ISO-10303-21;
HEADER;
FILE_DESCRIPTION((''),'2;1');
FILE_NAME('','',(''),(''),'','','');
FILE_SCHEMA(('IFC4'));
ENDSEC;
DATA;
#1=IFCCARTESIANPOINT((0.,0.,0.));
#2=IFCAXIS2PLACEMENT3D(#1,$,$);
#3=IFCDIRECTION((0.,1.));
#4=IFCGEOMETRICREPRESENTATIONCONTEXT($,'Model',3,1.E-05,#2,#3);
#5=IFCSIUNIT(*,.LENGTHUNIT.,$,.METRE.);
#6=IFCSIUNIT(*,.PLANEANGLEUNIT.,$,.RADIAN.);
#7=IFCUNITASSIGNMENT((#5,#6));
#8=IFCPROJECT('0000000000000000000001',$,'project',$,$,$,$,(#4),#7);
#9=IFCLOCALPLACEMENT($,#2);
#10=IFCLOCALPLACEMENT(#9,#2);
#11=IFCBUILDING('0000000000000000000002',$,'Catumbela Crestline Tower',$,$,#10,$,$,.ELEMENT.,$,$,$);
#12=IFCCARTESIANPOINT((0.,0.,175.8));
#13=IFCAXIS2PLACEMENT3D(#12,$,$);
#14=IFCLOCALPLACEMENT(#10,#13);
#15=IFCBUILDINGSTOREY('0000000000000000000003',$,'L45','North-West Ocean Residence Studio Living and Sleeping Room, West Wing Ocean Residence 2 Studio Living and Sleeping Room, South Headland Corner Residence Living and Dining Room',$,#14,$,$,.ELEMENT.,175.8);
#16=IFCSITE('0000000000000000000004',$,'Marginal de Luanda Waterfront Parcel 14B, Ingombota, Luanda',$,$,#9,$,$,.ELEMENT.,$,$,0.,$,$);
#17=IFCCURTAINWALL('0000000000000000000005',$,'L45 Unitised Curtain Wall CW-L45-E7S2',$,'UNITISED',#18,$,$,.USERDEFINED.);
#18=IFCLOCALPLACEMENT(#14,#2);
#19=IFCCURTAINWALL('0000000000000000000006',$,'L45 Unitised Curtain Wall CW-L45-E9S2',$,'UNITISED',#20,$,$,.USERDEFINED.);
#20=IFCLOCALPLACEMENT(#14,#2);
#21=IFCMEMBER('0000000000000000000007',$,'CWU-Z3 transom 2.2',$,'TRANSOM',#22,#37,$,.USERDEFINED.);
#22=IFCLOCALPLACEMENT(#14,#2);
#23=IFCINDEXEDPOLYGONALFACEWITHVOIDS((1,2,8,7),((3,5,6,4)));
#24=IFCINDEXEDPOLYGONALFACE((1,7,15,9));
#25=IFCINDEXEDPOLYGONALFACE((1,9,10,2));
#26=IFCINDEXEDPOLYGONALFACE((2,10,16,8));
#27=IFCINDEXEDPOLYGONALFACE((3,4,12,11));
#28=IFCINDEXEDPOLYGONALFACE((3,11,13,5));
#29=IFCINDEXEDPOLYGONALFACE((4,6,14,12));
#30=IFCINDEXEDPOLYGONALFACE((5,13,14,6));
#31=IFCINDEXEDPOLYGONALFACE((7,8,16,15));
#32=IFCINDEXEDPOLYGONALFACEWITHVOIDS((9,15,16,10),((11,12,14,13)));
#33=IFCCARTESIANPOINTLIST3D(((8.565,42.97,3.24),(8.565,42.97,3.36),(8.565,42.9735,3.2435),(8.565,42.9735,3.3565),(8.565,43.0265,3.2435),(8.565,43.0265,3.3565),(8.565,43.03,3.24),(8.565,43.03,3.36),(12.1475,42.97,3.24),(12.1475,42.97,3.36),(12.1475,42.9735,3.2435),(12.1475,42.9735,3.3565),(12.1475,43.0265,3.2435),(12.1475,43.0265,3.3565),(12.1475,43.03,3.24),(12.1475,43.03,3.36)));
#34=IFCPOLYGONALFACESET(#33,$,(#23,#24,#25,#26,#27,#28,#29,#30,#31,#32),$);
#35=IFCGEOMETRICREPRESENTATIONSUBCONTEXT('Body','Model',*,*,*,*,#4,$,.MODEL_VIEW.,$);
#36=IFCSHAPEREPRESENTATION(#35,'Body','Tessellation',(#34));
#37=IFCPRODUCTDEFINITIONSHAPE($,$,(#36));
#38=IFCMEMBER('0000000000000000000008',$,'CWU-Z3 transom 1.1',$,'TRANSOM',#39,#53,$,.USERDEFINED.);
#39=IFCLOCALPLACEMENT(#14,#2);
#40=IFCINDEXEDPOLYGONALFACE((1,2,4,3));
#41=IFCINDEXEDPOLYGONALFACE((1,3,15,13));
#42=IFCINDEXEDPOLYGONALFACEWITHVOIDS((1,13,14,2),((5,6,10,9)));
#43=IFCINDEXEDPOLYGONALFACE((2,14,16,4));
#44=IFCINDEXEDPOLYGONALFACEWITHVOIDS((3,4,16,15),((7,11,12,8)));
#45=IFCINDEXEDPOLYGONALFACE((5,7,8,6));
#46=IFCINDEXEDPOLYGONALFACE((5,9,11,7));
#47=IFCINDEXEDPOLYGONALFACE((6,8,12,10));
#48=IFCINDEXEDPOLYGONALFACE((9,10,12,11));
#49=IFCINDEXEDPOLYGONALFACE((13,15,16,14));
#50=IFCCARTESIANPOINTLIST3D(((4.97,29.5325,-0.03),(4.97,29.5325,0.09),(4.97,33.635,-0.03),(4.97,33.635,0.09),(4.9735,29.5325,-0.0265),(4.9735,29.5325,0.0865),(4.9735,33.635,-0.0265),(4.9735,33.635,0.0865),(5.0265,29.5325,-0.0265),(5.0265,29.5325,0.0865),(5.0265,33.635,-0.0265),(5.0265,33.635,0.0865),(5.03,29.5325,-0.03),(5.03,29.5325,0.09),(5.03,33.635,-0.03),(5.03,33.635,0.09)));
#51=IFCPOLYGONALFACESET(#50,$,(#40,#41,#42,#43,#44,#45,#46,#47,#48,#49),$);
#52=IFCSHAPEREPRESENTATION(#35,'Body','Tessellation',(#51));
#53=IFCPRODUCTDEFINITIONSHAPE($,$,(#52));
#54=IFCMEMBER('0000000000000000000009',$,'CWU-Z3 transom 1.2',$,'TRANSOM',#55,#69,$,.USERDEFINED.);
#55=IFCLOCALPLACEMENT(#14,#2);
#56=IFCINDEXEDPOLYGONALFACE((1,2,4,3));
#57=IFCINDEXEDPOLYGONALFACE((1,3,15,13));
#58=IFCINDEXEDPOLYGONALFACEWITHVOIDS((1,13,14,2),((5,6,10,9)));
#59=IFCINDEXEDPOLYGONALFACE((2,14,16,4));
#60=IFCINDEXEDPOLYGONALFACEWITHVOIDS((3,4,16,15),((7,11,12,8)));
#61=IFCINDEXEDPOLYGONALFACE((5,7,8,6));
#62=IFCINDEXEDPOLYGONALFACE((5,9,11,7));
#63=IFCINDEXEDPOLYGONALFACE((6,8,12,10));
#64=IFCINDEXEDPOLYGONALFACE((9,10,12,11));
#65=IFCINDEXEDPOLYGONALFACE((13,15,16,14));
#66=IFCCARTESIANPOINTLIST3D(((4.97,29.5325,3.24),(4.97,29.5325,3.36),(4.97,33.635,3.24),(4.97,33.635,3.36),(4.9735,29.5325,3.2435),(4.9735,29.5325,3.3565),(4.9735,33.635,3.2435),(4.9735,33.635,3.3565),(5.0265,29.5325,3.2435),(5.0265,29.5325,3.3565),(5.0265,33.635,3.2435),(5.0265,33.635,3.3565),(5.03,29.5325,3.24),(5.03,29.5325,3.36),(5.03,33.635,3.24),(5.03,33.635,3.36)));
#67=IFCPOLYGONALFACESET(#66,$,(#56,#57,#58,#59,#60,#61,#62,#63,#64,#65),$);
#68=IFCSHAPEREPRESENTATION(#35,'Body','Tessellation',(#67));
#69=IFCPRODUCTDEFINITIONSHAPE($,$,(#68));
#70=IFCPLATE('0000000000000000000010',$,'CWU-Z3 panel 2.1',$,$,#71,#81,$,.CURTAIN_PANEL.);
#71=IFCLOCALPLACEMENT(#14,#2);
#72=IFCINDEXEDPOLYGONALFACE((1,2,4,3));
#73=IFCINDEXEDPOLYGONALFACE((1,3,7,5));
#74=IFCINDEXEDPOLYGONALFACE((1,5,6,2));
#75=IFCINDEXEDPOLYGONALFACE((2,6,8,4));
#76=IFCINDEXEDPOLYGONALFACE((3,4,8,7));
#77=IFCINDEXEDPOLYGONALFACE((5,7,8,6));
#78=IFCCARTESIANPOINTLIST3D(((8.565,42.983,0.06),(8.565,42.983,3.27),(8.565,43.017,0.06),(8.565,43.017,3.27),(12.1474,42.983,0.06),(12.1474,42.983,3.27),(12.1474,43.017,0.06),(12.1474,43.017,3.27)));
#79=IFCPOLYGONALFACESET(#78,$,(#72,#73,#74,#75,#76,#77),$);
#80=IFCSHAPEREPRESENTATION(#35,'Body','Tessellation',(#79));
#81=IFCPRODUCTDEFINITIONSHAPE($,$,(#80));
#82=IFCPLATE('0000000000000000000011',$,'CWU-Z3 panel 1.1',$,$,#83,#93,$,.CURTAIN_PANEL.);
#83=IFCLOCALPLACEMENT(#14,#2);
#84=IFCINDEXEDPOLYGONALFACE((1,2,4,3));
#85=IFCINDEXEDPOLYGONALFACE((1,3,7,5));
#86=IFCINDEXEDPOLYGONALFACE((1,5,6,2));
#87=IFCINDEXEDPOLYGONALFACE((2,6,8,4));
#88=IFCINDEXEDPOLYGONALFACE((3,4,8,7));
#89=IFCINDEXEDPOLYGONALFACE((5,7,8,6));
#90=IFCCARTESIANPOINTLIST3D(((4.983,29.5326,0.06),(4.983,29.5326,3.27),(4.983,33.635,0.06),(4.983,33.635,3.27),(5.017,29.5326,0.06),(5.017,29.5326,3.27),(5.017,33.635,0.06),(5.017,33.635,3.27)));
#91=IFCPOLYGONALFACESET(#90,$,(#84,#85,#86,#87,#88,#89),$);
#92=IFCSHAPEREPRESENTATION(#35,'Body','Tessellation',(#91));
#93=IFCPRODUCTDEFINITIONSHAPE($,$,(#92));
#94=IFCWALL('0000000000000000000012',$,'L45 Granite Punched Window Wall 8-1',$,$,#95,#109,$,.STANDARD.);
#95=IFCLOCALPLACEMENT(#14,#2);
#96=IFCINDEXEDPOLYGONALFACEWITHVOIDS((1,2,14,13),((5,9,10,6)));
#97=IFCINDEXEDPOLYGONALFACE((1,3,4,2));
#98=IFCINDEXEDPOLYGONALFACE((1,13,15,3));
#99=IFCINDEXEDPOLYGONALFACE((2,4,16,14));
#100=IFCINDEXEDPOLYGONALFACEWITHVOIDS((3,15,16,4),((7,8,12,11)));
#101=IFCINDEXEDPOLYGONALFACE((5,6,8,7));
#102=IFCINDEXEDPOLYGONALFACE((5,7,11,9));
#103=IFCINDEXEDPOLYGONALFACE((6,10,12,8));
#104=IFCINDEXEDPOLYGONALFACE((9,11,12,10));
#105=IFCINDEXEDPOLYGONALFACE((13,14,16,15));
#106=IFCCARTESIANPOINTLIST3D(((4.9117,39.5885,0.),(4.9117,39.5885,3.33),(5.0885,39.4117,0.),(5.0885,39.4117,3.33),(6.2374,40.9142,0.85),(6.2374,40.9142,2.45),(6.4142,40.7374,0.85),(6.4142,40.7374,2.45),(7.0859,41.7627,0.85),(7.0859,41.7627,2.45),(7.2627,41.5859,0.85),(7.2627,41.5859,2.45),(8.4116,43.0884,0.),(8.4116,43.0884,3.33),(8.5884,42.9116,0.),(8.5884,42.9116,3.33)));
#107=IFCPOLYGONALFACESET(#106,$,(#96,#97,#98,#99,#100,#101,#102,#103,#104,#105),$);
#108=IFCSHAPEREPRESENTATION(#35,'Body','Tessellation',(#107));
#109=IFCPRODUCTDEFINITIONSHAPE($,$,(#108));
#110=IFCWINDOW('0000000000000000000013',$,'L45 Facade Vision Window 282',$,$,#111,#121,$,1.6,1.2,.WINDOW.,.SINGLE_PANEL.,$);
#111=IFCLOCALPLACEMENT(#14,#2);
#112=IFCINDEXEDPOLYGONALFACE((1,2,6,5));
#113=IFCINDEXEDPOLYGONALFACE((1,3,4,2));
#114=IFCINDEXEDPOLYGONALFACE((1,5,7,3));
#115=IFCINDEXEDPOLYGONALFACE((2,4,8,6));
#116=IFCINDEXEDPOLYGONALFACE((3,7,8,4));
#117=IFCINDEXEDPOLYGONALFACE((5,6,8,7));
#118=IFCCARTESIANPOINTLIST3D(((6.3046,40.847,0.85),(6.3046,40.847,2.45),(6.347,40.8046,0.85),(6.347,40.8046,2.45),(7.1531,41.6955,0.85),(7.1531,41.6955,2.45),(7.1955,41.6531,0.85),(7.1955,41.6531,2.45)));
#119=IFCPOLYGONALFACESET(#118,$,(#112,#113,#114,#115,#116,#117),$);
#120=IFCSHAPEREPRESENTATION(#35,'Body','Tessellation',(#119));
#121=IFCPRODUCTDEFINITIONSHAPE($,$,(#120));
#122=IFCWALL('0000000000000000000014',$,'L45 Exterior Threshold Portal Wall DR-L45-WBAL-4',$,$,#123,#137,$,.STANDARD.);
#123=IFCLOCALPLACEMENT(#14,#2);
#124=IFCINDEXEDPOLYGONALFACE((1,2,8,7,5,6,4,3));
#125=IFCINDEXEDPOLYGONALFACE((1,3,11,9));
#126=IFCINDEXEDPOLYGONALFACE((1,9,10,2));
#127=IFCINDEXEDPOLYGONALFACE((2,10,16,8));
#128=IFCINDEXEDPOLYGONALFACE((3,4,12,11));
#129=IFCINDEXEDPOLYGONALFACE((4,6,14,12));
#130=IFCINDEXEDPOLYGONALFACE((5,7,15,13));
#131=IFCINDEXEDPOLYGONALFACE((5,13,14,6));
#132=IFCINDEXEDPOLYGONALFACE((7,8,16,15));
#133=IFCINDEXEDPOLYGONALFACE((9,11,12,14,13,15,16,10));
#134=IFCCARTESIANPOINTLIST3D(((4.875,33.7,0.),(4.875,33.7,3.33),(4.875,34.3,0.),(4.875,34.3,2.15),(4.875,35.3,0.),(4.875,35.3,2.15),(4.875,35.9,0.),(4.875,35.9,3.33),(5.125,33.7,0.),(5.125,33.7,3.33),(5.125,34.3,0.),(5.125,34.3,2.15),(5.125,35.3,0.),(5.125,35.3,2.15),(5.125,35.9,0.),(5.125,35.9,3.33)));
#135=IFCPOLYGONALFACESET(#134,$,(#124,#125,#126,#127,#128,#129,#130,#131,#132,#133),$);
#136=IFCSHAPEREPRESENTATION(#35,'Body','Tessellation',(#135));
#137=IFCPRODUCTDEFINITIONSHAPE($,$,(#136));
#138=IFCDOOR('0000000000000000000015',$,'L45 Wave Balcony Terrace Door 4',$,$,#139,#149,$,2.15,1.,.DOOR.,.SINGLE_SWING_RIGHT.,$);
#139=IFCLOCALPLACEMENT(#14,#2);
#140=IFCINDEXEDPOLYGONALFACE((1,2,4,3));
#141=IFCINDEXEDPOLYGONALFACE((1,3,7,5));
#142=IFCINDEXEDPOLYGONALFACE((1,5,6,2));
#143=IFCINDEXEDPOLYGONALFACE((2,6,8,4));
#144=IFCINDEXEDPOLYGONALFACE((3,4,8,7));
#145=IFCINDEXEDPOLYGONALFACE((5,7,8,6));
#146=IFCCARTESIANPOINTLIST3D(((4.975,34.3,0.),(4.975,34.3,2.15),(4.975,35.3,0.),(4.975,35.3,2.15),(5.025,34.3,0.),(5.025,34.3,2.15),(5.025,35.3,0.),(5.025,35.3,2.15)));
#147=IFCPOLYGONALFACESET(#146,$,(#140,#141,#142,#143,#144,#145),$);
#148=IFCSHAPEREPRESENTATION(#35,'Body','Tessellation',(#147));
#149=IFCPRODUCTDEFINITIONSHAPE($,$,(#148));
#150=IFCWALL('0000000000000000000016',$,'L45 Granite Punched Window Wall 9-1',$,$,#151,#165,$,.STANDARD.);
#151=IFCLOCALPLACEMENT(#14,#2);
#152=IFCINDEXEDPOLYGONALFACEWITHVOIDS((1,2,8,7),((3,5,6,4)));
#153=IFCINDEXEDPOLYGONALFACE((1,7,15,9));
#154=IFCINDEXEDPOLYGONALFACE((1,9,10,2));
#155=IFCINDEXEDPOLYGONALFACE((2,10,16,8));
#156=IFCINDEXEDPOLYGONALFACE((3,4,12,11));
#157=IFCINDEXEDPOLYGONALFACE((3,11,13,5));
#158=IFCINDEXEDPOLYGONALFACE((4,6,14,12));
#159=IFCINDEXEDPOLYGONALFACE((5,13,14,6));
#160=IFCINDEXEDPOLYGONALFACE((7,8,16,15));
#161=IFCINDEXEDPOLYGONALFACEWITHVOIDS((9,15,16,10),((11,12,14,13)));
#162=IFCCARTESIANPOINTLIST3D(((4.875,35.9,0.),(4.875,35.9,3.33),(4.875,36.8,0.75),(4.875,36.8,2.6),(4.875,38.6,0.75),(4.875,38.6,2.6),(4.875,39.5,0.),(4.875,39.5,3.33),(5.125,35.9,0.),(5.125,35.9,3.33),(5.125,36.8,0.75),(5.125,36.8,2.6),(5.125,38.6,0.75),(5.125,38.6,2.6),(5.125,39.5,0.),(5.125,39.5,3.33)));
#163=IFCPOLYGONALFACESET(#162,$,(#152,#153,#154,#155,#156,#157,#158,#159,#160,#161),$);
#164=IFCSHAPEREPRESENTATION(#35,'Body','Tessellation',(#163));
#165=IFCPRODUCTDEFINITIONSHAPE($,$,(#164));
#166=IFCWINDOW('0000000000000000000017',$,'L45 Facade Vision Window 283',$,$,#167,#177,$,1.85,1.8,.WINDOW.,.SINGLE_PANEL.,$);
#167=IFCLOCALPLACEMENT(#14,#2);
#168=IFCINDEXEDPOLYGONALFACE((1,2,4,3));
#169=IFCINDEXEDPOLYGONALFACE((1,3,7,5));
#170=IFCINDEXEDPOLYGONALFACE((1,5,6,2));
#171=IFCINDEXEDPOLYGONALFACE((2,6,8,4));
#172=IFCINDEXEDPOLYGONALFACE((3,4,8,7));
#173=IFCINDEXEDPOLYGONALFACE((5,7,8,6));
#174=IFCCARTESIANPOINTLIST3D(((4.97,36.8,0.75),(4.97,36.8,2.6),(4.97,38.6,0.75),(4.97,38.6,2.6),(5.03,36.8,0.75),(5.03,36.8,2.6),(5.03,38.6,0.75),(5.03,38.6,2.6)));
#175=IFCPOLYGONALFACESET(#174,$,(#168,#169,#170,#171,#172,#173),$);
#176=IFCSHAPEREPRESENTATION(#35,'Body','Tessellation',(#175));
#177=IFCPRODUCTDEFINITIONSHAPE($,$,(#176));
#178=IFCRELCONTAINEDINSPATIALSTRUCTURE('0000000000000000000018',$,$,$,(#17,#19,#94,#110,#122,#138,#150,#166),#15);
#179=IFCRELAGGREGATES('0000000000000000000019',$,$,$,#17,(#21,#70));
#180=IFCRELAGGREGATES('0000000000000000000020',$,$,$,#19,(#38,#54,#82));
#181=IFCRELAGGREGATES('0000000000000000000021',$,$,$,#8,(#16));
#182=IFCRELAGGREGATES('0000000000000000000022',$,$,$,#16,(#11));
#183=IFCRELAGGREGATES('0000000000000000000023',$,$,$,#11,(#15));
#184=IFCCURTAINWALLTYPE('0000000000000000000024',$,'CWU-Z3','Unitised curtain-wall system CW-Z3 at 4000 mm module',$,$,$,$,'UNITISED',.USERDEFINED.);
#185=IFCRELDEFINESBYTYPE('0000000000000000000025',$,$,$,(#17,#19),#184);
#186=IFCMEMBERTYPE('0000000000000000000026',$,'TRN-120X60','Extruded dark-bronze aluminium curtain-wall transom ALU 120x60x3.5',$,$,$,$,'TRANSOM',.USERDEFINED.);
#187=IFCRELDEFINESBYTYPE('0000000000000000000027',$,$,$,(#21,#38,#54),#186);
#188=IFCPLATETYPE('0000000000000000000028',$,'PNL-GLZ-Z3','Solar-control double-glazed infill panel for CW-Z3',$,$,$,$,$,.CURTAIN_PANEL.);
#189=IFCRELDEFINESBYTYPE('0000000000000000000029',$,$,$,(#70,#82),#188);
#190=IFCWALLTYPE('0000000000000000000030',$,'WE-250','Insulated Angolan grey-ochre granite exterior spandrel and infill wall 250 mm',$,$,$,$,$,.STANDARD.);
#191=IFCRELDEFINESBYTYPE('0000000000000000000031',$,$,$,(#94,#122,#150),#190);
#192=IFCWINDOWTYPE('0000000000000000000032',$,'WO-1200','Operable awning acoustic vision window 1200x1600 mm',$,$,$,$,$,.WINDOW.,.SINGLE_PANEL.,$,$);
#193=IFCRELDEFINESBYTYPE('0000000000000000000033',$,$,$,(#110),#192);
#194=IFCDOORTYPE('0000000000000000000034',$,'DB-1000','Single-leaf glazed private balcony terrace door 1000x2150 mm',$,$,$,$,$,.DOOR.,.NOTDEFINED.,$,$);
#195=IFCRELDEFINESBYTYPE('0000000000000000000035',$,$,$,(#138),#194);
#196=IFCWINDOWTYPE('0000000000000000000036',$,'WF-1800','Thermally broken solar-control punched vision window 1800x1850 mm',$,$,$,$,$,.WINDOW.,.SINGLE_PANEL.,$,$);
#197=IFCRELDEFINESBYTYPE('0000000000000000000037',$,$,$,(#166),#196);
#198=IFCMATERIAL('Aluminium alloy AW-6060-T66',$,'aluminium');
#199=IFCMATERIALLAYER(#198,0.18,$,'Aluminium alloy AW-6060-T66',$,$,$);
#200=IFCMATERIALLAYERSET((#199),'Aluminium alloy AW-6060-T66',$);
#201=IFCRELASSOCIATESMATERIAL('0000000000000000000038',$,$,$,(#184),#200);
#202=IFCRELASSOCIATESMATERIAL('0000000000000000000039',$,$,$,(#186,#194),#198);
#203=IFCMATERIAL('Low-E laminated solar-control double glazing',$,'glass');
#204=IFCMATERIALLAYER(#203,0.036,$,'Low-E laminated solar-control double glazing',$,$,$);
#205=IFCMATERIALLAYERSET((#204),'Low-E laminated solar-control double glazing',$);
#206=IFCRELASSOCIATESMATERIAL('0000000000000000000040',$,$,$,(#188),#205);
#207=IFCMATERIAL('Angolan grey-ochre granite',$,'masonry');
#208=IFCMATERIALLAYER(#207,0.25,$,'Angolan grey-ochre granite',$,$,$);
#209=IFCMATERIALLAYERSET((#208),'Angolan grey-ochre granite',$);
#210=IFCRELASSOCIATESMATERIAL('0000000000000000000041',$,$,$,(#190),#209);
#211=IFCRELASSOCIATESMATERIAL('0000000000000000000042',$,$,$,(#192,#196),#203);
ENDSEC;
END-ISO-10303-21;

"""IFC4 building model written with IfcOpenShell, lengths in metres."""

from ifc_helpers import new_model, si_unit, direction, frame, frame_2d, origin, origin_2d, place, context, subcontext, project, spatial, rectangle, hollow_rectangle, extrude, material, layer, layer_set, material_profile, profile_set, type_object, element, fill, aggregate, save


model = new_model("IFC4")

# Units and contexts
model_context = context("Model", 3, precision=1e-05, world=origin(), true_north=direction((0.0, 1.0)))
body_context = subcontext(model_context, "Body", "Model", "MODEL_VIEW")
ifc_project = project(units=[si_unit("LENGTHUNIT", "METRE"), si_unit("PLANEANGLEUNIT", "RADIAN")], contexts=[model_context])

# Site, building, storey
site_placement = place(None, origin())
site = spatial("IfcSite", under=ifc_project, at=site_placement, Name="Marginal de Luanda Waterfront Parcel 14B, Ingombota, Luanda", CompositionType="ELEMENT", RefElevation=0.0)
building_placement = place(site_placement, origin())
building = spatial("IfcBuilding", under=site, at=building_placement, Name="Catumbela Crestline Tower", CompositionType="ELEMENT")
storey_placement = place(building_placement, frame((0.0, 0.0, 175.8)))
storey = spatial("IfcBuildingStorey", under=building, at=storey_placement, Name="L45", Description="North-West Ocean Residence Studio Living and Sleeping Room, West Wing Ocean Residence 2 Studio Living and Sleeping Room, South Headland Corner Residence Living and Dining Room", CompositionType="ELEMENT", Elevation=175.8)

# Curtain wall
ifc_material_1 = material(Name="Aluminium alloy AW-6060-T66", Category="aluminium")
ifc_layer_1 = layer(ifc_material_1, 0.18, Name="Aluminium alloy AW-6060-T66")
ifc_layer_set_1 = layer_set([ifc_layer_1], Name="Aluminium alloy AW-6060-T66")
curtain_wall_type = type_object("IfcCurtainWallType", Name="CWU-Z3", Description="Unitised curtain-wall system CW-Z3 at 4000 mm module", ElementType="UNITISED", PredefinedType="USERDEFINED", material=ifc_layer_set_1)
curtain_wall_1_placement = place(storey_placement, origin())
curtain_wall_1 = element("IfcCurtainWall", 1, at=curtain_wall_1_placement, inside=storey, type_object=curtain_wall_type, Name="L45 Unitised Curtain Wall CW-L45-E7S2", ObjectType="UNITISED", PredefinedType="USERDEFINED")

# Curtain wall
curtain_wall_2_placement = place(storey_placement, origin())
curtain_wall_2 = element("IfcCurtainWall", 2, at=curtain_wall_2_placement, inside=storey, type_object=curtain_wall_type, Name="L45 Unitised Curtain Wall CW-L45-E9S2", ObjectType="UNITISED", PredefinedType="USERDEFINED")

# Members
ifc_material_profile_1 = material_profile(ifc_material_1, hollow_rectangle(XDim=0.06, YDim=0.12, WallThickness=0.0035, at=origin_2d()), Name="ALU 120x60x3.5")
ifc_profile_set_1 = profile_set([ifc_material_profile_1], Name="Aluminium alloy AW-6060-T66")
member_type_1 = type_object("IfcMemberType", Name="TRN-120X60", Description="Extruded dark-bronze aluminium curtain-wall transom ALU 120x60x3.5", ElementType="TRANSOM", PredefinedType="USERDEFINED", material=ifc_profile_set_1)
member_1_placement = place(storey_placement, frame((12.1475, 43.0, 3.3), z_axis=(-1.0, 0.0, 0.0), x_axis=(0.0, -1.0, 0.0)))
member_1 = element("IfcMember", 3, at=member_1_placement, type_object=member_type_1, Name="CWU-Z3 transom 2.2", ObjectType="TRANSOM", PredefinedType="USERDEFINED", context=body_context, shape_type="SweptSolid", body=[
    extrude(hollow_rectangle(XDim=0.06, YDim=0.12, WallThickness=0.0035, at=origin_2d()), origin(), (0.0, 0.0, 1.0), 3.5825),
])
member_2_placement = place(storey_placement, frame((5.0, 33.635, 0.03), z_axis=(0.0, -1.0, 0.0), x_axis=(1.0, 0.0, 0.0)))
member_2 = element("IfcMember", 4, at=member_2_placement, type_object=member_type_1, Name="CWU-Z3 transom 1.1", ObjectType="TRANSOM", PredefinedType="USERDEFINED", context=body_context, shape_type="SweptSolid", body=[
    extrude(hollow_rectangle(XDim=0.06, YDim=0.12, WallThickness=0.0035, at=origin_2d()), origin(), (0.0, 0.0, 1.0), 4.1025),
])
member_3_placement = place(storey_placement, frame((5.0, 33.635, 3.3), z_axis=(0.0, -1.0, 0.0), x_axis=(1.0, 0.0, 0.0)))
member_3 = element("IfcMember", 5, at=member_3_placement, type_object=member_type_1, Name="CWU-Z3 transom 1.2", ObjectType="TRANSOM", PredefinedType="USERDEFINED", context=body_context, shape_type="SweptSolid", body=[
    extrude(hollow_rectangle(XDim=0.06, YDim=0.12, WallThickness=0.0035, at=origin_2d()), origin(), (0.0, 0.0, 1.0), 4.1025),
])

# Plates
ifc_material_2 = material(Name="Low-E laminated solar-control double glazing", Category="glass")
ifc_layer_2 = layer(ifc_material_2, 0.036, Name="Low-E laminated solar-control double glazing")
ifc_layer_set_2 = layer_set([ifc_layer_2], Name="Low-E laminated solar-control double glazing")
plate_type = type_object("IfcPlateType", Name="PNL-GLZ-Z3", Description="Solar-control double-glazed infill panel for CW-Z3", PredefinedType="CURTAIN_PANEL", material=ifc_layer_set_2)
plate_1_placement = place(storey_placement, frame((10.3562, 43.0, 0.06), z_axis=(0.0, 0.0, 1.0), x_axis=(-1.0, 0.0, 0.0)))
plate_1 = element("IfcPlate", 6, at=plate_1_placement, type_object=plate_type, Name="CWU-Z3 panel 2.1", PredefinedType="CURTAIN_PANEL", context=body_context, shape_type="SweptSolid", body=[
    extrude(rectangle(XDim=3.5825, YDim=0.034, at=origin_2d()), origin(), (0.0, 0.0, 1.0), 3.21),
])
aggregate(curtain_wall_1, [member_1, plate_1])
plate_2_placement = place(storey_placement, frame((5.0, 31.5838, 0.06), z_axis=(0.0, 0.0, 1.0), x_axis=(0.0, -1.0, 0.0)))
plate_2 = element("IfcPlate", 7, at=plate_2_placement, type_object=plate_type, Name="CWU-Z3 panel 1.1", PredefinedType="CURTAIN_PANEL", context=body_context, shape_type="SweptSolid", body=[
    extrude(rectangle(XDim=4.1025, YDim=0.034, at=origin_2d()), origin(), (0.0, 0.0, 1.0), 3.21),
])
aggregate(curtain_wall_2, [member_2, member_3, plate_2])

# Wall, opening, window
ifc_material_3 = material(Name="Angolan grey-ochre granite", Category="masonry")
ifc_layer_3 = layer(ifc_material_3, 0.25, Name="Angolan grey-ochre granite")
ifc_layer_set_3 = layer_set([ifc_layer_3], Name="Angolan grey-ochre granite")
wall_type_1 = type_object("IfcWallType", Name="WE-250", Description="Insulated Angolan grey-ochre granite exterior spandrel and infill wall 250 mm", PredefinedType="STANDARD", material=ifc_layer_set_3)
wall_1_placement = place(storey_placement, frame((8.5, 43.0, 0.0), z_axis=(0.0, 0.0, 1.0), x_axis=(-0.707107, -0.707107, 0.0)))
wall_1 = element("IfcWall", 8, at=wall_1_placement, inside=storey, type_object=wall_type_1, Name="L45 Granite Punched Window Wall 8-1", PredefinedType="STANDARD", context=body_context, shape_type="SweptSolid", body=[
    extrude(rectangle(XDim=4.9497, YDim=0.25, at=frame_2d((2.4748, 0.0))), origin(), (0.0, 0.0, 1.0), 3.33),
])
opening_1_placement = place(wall_1_placement, frame((1.8748, 0.0, 0.85)))
opening_1 = element("IfcOpeningElement", 9, at=opening_1_placement, cuts=wall_1, PredefinedType="OPENING", context=body_context, shape_type="SweptSolid", body=[
    extrude(rectangle(XDim=1.2, YDim=1.6, at=frame_2d((0.6, 0.8))), frame((0.0, 0.135, 0.0), z_axis=(0.0, -1.0, 0.0), x_axis=(1.0, 0.0, 0.0)), (0.0, 0.0, 1.0), 0.27),
])
window_type_1 = type_object("IfcWindowType", Name="WO-1200", Description="Operable awning acoustic vision window 1200x1600 mm", PartitioningType="SINGLE_PANEL", PredefinedType="WINDOW", material=ifc_material_2)
window_1_placement = place(opening_1_placement, origin())
window_1 = element("IfcWindow", 10, at=window_1_placement, inside=storey, type_object=window_type_1, Name="L45 Facade Vision Window 282", OverallHeight=1.6, OverallWidth=1.2, PartitioningType="SINGLE_PANEL", PredefinedType="WINDOW", context=body_context, shape_type="SweptSolid", body=[
    extrude(rectangle(XDim=1.2, YDim=1.6, at=frame_2d((0.6, 0.8))), frame((0.0, 0.03, 0.0), z_axis=(0.0, -1.0, 0.0), x_axis=(1.0, 0.0, 0.0)), (0.0, 0.0, 1.0), 0.06),
])
fill(opening_1, window_1)

# Wall, opening, door
wall_2_placement = place(storey_placement, frame((5.0, 35.9, 0.0), z_axis=(0.0, 0.0, 1.0), x_axis=(0.0, -1.0, 0.0)))
wall_2 = element("IfcWall", 11, at=wall_2_placement, inside=storey, type_object=wall_type_1, Name="L45 Exterior Threshold Portal Wall DR-L45-WBAL-4", PredefinedType="STANDARD", context=body_context, shape_type="SweptSolid", body=[
    extrude(rectangle(XDim=2.2, YDim=0.25, at=frame_2d((1.1, 0.0))), origin(), (0.0, 0.0, 1.0), 3.33),
])
opening_2_placement = place(wall_2_placement, frame((0.6, 0.0, 0.0)))
opening_2 = element("IfcOpeningElement", 12, at=opening_2_placement, cuts=wall_2, PredefinedType="OPENING", context=body_context, shape_type="SweptSolid", body=[
    extrude(rectangle(XDim=1.0, YDim=2.15, at=frame_2d((0.5, 1.075))), frame((0.0, 0.135, 0.0), z_axis=(0.0, -1.0, 0.0), x_axis=(1.0, 0.0, 0.0)), (0.0, 0.0, 1.0), 0.27),
])
door_type_1 = type_object("IfcDoorType", Name="DB-1000", Description="Single-leaf glazed private balcony terrace door 1000x2150 mm", OperationType="NOTDEFINED", PredefinedType="DOOR", material=ifc_material_1)
door_1_placement = place(opening_2_placement, origin())
door_1 = element("IfcDoor", 13, at=door_1_placement, inside=storey, type_object=door_type_1, Name="L45 Wave Balcony Terrace Door 4", OperationType="SINGLE_SWING_RIGHT", OverallHeight=2.15, OverallWidth=1.0, PredefinedType="DOOR", context=body_context, shape_type="SweptSolid", body=[
    extrude(rectangle(XDim=1.0, YDim=2.15, at=frame_2d((0.5, 1.075))), frame((0.0, 0.025, 0.0), z_axis=(0.0, -1.0, 0.0), x_axis=(1.0, 0.0, 0.0)), (0.0, 0.0, 1.0), 0.05),
])
fill(opening_2, door_1)

# Wall, opening, window
wall_3_placement = place(storey_placement, frame((5.0, 39.5, 0.0), z_axis=(0.0, 0.0, 1.0), x_axis=(0.0, -1.0, 0.0)))
wall_3 = element("IfcWall", 14, at=wall_3_placement, inside=storey, type_object=wall_type_1, Name="L45 Granite Punched Window Wall 9-1", PredefinedType="STANDARD", context=body_context, shape_type="SweptSolid", body=[
    extrude(rectangle(XDim=3.6, YDim=0.25, at=frame_2d((1.8, 0.0))), origin(), (0.0, 0.0, 1.0), 3.33),
])
opening_3_placement = place(wall_3_placement, frame((0.9, 0.0, 0.75)))
opening_3 = element("IfcOpeningElement", 15, at=opening_3_placement, cuts=wall_3, PredefinedType="OPENING", context=body_context, shape_type="SweptSolid", body=[
    extrude(rectangle(XDim=1.8, YDim=1.85, at=frame_2d((0.9, 0.925))), frame((0.0, 0.135, 0.0), z_axis=(0.0, -1.0, 0.0), x_axis=(1.0, 0.0, 0.0)), (0.0, 0.0, 1.0), 0.27),
])
window_type_2 = type_object("IfcWindowType", Name="WF-1800", Description="Thermally broken solar-control punched vision window 1800x1850 mm", PartitioningType="SINGLE_PANEL", PredefinedType="WINDOW", material=ifc_material_2)
window_2_placement = place(opening_3_placement, origin())
window_2 = element("IfcWindow", 16, at=window_2_placement, inside=storey, type_object=window_type_2, Name="L45 Facade Vision Window 283", OverallHeight=1.85, OverallWidth=1.8, PartitioningType="SINGLE_PANEL", PredefinedType="WINDOW", context=body_context, shape_type="SweptSolid", body=[
    extrude(rectangle(XDim=1.8, YDim=1.85, at=frame_2d((0.9, 0.925))), frame((0.0, 0.03, 0.0), z_axis=(0.0, -1.0, 0.0), x_axis=(1.0, 0.0, 0.0)), (0.0, 0.0, 1.0), 0.06),
])
fill(opening_3, window_2)

save(model, "model.ifc")
